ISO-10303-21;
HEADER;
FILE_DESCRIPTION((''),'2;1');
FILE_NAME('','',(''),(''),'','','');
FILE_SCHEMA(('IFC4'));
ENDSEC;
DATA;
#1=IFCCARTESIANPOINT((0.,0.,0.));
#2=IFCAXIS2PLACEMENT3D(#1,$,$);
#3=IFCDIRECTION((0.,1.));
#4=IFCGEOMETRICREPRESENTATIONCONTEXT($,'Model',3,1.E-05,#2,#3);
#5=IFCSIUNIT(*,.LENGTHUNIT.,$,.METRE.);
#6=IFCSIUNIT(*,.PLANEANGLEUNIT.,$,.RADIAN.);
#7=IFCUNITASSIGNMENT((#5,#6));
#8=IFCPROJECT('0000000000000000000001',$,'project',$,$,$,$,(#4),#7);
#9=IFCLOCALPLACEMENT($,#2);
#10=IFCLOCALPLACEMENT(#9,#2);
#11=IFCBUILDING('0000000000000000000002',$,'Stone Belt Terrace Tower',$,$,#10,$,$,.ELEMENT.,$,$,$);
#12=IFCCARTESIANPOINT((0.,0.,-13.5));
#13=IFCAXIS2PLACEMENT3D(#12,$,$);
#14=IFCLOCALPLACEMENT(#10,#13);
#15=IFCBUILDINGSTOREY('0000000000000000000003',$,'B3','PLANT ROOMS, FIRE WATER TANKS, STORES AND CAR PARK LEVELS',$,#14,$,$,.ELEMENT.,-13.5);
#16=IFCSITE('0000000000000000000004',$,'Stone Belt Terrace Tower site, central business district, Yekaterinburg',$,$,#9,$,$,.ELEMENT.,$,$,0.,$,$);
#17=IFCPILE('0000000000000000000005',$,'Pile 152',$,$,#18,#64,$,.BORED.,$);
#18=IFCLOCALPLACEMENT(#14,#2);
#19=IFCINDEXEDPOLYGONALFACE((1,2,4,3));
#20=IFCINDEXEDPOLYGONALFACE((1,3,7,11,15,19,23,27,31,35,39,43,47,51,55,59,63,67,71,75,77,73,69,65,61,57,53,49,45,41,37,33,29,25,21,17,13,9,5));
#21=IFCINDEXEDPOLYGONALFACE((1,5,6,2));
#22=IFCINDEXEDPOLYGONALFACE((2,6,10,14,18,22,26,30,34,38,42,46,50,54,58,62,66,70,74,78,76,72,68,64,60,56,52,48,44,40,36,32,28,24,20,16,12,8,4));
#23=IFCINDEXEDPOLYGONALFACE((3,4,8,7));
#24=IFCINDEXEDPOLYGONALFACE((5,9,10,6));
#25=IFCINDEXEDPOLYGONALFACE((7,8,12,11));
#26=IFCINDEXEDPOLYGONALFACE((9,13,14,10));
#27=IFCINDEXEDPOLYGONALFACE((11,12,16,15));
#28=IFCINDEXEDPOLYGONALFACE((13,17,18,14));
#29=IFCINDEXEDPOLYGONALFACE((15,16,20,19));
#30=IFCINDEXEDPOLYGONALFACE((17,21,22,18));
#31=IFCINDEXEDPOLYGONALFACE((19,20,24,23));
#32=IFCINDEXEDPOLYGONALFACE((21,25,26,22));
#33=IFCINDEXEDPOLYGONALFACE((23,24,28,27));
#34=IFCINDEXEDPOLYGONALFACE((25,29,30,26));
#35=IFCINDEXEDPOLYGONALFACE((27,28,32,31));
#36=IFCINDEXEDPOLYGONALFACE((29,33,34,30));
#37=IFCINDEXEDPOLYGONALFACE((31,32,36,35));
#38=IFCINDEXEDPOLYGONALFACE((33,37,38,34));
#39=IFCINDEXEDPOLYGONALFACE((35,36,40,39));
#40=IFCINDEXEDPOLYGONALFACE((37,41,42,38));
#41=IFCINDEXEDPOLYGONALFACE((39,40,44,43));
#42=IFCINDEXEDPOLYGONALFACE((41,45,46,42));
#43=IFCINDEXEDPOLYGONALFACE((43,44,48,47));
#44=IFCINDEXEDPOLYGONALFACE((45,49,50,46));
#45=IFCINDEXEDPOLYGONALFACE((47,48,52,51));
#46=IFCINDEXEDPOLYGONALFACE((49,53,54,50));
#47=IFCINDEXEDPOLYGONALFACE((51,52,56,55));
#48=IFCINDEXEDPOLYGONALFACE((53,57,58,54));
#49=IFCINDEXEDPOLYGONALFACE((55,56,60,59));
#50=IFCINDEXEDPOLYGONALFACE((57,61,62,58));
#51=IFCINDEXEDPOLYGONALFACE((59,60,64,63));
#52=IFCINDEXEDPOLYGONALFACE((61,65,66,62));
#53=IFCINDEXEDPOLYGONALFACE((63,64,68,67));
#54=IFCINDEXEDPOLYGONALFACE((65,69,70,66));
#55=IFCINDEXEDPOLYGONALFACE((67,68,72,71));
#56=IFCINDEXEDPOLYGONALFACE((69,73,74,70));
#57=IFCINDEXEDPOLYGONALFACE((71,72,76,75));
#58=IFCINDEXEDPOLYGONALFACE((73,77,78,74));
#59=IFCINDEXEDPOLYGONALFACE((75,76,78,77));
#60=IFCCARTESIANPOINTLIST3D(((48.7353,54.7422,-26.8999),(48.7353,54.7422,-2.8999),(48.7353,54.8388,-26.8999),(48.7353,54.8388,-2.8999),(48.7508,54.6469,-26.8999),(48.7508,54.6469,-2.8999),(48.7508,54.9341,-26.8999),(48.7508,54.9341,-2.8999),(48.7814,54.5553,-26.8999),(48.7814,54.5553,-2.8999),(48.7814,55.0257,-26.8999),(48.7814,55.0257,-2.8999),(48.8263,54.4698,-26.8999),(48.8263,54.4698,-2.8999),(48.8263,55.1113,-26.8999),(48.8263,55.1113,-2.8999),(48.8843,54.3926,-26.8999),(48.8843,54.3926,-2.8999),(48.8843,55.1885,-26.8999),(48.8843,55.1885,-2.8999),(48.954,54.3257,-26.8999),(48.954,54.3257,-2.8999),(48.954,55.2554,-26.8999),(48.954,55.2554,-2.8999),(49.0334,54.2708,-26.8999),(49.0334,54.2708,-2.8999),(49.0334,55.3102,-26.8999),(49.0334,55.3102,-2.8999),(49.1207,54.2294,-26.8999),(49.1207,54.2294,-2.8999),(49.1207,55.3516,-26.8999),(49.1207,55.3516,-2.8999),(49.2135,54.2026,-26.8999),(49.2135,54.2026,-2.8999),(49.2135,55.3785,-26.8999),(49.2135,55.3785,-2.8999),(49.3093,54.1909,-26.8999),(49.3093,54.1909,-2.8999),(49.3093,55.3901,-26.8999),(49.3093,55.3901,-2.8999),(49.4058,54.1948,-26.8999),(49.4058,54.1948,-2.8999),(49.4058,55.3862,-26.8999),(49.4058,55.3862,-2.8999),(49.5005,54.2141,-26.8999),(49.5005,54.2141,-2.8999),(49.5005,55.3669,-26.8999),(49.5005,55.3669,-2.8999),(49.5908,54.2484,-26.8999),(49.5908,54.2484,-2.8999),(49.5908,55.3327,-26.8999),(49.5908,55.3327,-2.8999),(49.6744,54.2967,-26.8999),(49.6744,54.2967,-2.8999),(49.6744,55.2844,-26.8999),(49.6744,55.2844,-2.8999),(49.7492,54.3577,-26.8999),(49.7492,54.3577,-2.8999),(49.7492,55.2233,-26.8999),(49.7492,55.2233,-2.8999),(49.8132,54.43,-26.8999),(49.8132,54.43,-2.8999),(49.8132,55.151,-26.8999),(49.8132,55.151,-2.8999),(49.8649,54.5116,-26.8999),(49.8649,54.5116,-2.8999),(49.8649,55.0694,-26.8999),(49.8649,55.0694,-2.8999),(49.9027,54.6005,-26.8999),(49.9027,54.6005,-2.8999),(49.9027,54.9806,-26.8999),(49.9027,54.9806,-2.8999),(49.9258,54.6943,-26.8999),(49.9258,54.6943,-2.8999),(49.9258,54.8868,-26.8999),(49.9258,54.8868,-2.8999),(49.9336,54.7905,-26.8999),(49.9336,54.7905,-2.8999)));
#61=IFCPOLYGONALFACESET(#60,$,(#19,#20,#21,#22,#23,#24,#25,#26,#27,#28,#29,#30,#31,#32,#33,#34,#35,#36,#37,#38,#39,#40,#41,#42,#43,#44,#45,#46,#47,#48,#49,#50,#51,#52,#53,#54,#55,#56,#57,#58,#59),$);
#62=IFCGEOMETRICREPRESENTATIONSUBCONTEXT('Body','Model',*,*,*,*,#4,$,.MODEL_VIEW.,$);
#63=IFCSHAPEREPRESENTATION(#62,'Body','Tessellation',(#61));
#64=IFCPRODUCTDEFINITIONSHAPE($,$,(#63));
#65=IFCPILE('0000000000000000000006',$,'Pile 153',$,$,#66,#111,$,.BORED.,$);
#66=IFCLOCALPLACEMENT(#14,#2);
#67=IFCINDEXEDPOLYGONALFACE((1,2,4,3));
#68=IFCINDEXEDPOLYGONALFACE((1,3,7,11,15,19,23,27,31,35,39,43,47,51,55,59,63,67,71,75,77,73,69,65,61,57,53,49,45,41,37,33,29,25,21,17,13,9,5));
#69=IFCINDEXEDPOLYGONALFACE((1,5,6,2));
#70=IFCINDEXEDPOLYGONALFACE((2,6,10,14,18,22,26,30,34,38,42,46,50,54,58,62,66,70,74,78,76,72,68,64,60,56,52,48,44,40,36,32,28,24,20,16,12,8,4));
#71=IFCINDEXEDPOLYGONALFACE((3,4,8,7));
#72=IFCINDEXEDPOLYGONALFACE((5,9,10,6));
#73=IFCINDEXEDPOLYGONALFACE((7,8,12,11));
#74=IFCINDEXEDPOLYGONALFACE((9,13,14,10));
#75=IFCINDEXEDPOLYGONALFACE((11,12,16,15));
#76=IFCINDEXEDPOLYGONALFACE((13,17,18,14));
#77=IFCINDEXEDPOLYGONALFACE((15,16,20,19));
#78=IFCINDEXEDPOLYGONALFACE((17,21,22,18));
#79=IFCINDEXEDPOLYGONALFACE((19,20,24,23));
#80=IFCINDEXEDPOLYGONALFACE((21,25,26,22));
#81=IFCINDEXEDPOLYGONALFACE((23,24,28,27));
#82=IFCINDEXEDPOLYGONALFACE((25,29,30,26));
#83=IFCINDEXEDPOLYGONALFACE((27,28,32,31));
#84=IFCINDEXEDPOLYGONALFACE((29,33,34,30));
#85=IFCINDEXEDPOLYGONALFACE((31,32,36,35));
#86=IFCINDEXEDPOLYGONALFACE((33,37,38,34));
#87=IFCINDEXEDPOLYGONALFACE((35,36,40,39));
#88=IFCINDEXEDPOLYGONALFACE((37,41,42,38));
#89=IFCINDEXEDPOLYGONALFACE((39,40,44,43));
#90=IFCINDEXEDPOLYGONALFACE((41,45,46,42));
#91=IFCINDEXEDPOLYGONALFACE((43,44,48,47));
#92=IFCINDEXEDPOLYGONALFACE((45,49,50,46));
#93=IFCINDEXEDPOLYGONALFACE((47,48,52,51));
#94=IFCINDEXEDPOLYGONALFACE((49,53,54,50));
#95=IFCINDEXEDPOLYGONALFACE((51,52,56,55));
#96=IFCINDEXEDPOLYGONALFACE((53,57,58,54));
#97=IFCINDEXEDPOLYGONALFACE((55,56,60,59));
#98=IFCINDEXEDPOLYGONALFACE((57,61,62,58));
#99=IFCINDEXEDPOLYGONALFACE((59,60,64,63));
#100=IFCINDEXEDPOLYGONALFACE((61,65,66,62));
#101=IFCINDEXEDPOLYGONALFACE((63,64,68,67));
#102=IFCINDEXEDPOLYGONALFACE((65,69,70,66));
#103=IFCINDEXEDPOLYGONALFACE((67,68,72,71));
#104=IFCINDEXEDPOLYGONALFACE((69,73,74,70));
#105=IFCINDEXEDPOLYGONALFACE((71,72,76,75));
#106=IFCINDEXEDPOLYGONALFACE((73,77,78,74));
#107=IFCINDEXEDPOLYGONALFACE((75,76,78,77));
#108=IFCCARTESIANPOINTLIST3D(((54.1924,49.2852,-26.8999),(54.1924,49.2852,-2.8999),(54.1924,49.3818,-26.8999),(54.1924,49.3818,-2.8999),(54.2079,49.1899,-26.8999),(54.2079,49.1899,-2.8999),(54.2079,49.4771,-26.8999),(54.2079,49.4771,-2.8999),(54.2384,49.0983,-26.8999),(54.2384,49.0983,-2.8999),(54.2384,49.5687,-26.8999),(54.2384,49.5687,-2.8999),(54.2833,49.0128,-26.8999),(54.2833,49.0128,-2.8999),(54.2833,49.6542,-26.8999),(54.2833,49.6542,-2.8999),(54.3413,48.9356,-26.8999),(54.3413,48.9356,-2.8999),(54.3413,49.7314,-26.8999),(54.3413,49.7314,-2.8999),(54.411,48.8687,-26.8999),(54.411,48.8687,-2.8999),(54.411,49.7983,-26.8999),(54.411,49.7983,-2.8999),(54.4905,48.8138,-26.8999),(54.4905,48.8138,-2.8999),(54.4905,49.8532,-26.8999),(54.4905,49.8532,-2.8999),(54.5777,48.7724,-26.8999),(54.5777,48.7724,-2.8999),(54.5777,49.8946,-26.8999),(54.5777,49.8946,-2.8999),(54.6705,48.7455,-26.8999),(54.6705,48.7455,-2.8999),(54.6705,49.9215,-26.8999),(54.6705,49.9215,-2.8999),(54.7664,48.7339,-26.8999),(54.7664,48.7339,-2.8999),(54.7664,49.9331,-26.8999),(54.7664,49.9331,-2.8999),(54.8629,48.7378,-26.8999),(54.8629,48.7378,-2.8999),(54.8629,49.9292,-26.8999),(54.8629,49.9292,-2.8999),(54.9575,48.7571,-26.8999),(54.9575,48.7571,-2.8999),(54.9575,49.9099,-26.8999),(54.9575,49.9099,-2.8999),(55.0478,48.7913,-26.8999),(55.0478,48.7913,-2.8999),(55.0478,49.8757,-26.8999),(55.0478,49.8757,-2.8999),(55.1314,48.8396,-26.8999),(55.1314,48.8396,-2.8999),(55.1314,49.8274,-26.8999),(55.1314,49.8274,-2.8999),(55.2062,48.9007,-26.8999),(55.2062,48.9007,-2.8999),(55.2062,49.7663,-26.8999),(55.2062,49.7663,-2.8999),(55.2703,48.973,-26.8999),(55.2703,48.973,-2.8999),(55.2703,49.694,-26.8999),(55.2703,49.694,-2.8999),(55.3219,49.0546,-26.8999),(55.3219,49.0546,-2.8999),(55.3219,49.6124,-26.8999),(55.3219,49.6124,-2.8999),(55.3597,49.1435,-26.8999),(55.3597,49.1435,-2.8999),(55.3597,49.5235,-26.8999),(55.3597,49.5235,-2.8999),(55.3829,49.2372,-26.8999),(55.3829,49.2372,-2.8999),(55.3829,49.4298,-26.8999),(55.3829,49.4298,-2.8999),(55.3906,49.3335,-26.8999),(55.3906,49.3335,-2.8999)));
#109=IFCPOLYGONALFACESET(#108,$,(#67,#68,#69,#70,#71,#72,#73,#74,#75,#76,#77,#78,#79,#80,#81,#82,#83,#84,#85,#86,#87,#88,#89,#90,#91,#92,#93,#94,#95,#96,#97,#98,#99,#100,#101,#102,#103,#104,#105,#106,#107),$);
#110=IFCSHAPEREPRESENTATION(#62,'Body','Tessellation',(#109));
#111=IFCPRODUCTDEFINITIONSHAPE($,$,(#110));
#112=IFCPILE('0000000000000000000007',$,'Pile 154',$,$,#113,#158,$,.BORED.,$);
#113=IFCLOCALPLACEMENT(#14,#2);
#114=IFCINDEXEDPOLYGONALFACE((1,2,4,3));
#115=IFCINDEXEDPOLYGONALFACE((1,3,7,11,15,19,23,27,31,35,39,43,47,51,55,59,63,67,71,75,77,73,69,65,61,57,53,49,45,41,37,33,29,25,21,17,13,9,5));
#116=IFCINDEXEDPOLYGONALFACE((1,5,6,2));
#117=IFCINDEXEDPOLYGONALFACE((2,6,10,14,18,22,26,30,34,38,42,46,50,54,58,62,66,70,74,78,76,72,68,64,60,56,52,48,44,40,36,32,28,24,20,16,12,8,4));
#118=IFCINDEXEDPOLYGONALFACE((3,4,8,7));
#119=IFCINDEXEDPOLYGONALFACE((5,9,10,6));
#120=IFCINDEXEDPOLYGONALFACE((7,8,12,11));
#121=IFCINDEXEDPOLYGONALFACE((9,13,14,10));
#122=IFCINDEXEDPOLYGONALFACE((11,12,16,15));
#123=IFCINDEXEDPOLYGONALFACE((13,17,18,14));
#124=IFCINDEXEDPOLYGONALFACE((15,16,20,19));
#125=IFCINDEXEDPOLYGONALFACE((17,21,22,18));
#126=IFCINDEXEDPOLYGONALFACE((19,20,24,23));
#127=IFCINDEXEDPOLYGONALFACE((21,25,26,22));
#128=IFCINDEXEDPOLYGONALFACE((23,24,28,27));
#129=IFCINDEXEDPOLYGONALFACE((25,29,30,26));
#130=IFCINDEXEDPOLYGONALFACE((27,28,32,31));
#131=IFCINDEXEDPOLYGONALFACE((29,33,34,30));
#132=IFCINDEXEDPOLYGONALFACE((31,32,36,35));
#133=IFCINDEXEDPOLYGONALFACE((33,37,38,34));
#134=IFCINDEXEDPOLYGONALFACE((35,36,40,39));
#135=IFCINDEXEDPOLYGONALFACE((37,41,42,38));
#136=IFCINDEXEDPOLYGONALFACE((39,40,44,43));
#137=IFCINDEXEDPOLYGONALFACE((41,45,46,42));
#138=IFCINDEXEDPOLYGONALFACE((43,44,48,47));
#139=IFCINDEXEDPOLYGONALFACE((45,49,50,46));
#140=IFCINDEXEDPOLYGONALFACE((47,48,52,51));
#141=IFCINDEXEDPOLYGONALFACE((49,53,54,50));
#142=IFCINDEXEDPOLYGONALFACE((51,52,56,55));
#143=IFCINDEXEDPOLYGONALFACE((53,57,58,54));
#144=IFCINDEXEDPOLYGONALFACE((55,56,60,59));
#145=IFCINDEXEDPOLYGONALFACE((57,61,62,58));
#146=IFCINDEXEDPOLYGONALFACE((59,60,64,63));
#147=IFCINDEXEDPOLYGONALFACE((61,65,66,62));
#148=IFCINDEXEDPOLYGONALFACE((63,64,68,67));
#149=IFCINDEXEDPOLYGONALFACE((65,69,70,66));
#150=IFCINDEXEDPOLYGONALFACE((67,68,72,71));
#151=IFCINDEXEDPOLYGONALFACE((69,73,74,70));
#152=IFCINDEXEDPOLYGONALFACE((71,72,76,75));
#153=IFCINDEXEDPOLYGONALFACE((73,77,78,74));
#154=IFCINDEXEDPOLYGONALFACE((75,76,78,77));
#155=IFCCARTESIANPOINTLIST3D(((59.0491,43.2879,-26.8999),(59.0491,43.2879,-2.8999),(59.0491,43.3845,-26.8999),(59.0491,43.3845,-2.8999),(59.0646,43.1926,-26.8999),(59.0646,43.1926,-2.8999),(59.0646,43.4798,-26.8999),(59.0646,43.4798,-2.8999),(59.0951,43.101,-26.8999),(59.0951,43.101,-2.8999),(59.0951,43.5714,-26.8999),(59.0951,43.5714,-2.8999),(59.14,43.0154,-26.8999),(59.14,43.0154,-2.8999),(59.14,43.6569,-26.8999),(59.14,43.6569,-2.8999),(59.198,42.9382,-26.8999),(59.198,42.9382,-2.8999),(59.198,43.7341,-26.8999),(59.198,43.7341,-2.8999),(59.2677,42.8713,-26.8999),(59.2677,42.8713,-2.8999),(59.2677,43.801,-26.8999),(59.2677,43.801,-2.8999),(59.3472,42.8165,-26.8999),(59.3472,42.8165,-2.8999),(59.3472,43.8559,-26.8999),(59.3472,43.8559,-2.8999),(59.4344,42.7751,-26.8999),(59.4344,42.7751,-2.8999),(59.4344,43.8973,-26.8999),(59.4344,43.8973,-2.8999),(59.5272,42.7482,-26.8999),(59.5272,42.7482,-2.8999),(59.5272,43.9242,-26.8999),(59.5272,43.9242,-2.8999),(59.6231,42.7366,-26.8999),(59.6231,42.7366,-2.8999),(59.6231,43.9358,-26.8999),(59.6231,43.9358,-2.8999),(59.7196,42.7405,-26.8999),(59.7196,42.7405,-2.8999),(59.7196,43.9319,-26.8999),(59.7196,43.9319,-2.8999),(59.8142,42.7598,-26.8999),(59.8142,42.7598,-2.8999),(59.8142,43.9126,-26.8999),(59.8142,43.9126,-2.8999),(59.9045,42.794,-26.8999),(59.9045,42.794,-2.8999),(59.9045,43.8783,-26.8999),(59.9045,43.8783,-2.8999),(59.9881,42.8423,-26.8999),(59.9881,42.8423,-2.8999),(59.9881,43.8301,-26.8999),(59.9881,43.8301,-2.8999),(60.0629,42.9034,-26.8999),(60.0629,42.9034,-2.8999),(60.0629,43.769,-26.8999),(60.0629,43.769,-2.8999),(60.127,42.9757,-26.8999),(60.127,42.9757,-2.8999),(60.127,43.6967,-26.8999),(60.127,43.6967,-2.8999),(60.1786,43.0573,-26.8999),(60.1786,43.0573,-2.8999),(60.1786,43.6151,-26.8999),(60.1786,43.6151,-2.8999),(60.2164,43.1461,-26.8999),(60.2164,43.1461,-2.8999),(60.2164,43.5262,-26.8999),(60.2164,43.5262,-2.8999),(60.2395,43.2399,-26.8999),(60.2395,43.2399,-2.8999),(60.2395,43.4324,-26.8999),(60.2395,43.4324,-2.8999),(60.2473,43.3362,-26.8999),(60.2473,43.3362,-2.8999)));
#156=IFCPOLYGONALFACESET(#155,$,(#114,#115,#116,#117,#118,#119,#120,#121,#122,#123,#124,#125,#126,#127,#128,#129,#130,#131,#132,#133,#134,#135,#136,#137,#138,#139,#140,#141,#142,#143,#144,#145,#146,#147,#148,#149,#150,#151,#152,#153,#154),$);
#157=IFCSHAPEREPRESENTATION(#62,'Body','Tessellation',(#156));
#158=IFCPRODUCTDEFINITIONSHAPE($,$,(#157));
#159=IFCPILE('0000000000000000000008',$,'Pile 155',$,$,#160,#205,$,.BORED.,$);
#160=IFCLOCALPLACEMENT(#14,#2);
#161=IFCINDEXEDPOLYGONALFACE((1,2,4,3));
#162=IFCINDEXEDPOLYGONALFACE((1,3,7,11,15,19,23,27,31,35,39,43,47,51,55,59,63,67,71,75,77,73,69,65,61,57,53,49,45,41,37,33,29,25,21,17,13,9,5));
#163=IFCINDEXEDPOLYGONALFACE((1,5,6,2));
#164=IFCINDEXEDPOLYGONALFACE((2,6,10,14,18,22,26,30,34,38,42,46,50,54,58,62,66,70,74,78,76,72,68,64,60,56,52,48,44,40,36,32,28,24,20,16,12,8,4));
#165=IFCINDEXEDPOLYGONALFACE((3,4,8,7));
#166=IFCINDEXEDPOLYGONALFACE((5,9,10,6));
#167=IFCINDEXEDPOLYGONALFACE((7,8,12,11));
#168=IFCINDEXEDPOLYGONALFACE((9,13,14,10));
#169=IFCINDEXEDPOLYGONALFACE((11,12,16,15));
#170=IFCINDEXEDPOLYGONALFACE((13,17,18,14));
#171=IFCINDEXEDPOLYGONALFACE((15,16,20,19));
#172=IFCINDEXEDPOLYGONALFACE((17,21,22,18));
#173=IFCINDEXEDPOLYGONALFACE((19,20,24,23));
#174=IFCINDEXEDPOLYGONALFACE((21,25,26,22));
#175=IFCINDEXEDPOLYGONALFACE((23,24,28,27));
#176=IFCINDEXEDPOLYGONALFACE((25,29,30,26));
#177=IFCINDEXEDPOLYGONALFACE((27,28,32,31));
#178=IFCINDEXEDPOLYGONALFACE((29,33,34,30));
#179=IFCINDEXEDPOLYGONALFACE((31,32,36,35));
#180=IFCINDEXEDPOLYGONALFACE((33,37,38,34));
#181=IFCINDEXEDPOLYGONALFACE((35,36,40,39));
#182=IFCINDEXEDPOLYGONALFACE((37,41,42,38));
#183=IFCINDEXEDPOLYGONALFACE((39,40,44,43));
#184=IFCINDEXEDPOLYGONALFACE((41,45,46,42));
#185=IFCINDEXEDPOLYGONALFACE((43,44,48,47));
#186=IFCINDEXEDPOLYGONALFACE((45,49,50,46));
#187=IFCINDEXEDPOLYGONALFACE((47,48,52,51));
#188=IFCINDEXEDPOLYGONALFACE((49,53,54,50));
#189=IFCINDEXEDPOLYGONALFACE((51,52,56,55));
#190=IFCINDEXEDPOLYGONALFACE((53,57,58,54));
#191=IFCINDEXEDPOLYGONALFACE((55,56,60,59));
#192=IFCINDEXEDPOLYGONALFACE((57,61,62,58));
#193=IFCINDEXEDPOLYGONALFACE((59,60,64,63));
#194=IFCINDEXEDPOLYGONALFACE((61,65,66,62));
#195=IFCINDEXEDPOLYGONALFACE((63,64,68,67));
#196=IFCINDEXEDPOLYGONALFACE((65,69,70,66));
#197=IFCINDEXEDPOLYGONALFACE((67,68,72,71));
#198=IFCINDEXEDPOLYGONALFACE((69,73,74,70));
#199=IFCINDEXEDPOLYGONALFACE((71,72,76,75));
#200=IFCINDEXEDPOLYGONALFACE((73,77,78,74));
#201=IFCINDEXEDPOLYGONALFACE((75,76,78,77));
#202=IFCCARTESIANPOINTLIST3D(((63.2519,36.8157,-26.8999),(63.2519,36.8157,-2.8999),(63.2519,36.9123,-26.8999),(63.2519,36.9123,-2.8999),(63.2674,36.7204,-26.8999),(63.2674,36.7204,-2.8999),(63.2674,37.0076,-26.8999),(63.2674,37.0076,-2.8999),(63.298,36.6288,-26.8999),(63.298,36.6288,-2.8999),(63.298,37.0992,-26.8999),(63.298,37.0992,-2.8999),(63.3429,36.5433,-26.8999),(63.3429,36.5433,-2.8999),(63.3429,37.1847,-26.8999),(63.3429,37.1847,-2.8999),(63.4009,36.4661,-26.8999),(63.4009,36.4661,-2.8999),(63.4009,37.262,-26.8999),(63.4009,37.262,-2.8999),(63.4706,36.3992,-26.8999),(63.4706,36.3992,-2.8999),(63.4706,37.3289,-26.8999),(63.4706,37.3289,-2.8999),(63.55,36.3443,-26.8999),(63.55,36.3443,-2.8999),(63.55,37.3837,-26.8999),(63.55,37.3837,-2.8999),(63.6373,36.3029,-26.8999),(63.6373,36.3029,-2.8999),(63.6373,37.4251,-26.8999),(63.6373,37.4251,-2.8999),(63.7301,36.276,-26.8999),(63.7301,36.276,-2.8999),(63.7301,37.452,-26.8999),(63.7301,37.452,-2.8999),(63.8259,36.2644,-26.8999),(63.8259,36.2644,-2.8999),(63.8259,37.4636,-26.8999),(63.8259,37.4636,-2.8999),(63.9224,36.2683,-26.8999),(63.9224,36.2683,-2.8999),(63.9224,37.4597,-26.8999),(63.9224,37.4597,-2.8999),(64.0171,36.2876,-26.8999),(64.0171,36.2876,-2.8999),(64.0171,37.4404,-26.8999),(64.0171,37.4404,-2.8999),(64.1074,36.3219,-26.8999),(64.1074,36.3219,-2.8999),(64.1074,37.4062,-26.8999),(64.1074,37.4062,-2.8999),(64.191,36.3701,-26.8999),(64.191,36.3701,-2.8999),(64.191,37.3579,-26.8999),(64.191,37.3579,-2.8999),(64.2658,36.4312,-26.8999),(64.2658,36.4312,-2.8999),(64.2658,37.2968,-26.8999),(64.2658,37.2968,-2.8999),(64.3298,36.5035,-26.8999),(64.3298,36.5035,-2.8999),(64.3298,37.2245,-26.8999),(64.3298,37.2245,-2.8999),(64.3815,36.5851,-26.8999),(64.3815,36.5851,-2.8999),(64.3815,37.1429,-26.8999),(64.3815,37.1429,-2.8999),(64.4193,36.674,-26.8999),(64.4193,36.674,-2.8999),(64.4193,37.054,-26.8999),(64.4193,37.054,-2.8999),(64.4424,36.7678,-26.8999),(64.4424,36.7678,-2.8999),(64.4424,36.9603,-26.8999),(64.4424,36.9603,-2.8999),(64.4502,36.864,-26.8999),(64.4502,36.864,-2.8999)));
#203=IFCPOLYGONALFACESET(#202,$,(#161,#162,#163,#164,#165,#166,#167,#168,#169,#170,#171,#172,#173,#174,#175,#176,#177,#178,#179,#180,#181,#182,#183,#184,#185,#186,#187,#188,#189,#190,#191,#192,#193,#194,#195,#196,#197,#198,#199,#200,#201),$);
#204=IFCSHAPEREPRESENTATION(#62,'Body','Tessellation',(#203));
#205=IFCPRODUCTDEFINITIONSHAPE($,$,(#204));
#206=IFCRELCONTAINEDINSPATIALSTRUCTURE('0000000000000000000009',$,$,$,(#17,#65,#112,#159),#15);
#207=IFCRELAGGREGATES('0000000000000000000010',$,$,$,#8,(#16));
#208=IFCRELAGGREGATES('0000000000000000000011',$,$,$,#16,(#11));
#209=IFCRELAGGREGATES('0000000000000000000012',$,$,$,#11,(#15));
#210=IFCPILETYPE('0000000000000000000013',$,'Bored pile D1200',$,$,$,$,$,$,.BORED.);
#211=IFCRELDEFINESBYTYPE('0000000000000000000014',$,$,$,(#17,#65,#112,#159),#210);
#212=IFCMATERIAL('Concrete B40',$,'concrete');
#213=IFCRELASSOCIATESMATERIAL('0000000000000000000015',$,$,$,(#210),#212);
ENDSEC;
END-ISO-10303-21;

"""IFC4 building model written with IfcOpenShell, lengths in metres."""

from ifc_helpers import new_model, si_unit, direction, frame, origin, origin_2d, place, context, subcontext, project, spatial, circle, extrude, material, material_profile, profile_set, type_object, element, save


model = new_model("IFC4")

# Units and contexts
model_context = context("Model", 3, precision=1e-05, world=origin(), true_north=direction((0.0, 1.0)))
body_context = subcontext(model_context, "Body", "Model", "MODEL_VIEW")
ifc_project = project(units=[si_unit("LENGTHUNIT", "METRE"), si_unit("PLANEANGLEUNIT", "RADIAN")], contexts=[model_context])

# Site, building, storey
site_placement = place(None, origin())
site = spatial("IfcSite", under=ifc_project, at=site_placement, Name="Stone Belt Terrace Tower site, central business district, Yekaterinburg", CompositionType="ELEMENT", RefElevation=0.0)
building_placement = place(site_placement, origin())
building = spatial("IfcBuilding", under=site, at=building_placement, Name="Stone Belt Terrace Tower", CompositionType="ELEMENT")
storey_placement = place(building_placement, frame((0.0, 0.0, -13.5)))
storey = spatial("IfcBuildingStorey", under=building, at=storey_placement, Name="B3", Description="PLANT ROOMS, FIRE WATER TANKS, STORES AND CAR PARK LEVELS", CompositionType="ELEMENT", Elevation=-13.5)

# Piles
ifc_material_1 = material(Name="Concrete B40", Category="concrete")
ifc_material_profile_1 = material_profile(ifc_material_1, circle(Radius=0.6001, at=origin_2d()), Name="PILE D1200")
ifc_profile_set_1 = profile_set([ifc_material_profile_1], Name="Concrete B40")
pile_type = type_object("IfcPileType", Name="Bored pile D1200", PredefinedType="BORED", material=ifc_profile_set_1)
for number, where, z_axis, x_axis, name in (
    (1, (49.3335, 54.7905, -2.8999), (0.0, 0.0, -1.0), (1.0, 0.0, 0.0), "Pile 152"),
    (2, (54.7905, 49.3335, -2.8999), (0.0, 0.0, -1.0), (1.0, 0.0, 0.0), "Pile 153"),
    (3, (59.6472, 43.3362, -2.8999), (0.0, 0.0, -1.0), (1.0, 0.0, 0.0), "Pile 154"),
    (4, (63.8501, 36.864, -2.8999), (0.0, 0.0, -1.0), (1.0, 0.0, 0.0), "Pile 155"),
):
    element("IfcPile", number, at=place(storey_placement, frame(where, z_axis=z_axis, x_axis=x_axis)), inside=storey, type_object=pile_type, Name=name, PredefinedType="BORED", context=body_context, shape_type="SweptSolid", body=[
        extrude(circle(Radius=0.6001, at=origin_2d()), origin(), (0.0, 0.0, 1.0), 24.0),
    ])

save(model, "model.ifc")
